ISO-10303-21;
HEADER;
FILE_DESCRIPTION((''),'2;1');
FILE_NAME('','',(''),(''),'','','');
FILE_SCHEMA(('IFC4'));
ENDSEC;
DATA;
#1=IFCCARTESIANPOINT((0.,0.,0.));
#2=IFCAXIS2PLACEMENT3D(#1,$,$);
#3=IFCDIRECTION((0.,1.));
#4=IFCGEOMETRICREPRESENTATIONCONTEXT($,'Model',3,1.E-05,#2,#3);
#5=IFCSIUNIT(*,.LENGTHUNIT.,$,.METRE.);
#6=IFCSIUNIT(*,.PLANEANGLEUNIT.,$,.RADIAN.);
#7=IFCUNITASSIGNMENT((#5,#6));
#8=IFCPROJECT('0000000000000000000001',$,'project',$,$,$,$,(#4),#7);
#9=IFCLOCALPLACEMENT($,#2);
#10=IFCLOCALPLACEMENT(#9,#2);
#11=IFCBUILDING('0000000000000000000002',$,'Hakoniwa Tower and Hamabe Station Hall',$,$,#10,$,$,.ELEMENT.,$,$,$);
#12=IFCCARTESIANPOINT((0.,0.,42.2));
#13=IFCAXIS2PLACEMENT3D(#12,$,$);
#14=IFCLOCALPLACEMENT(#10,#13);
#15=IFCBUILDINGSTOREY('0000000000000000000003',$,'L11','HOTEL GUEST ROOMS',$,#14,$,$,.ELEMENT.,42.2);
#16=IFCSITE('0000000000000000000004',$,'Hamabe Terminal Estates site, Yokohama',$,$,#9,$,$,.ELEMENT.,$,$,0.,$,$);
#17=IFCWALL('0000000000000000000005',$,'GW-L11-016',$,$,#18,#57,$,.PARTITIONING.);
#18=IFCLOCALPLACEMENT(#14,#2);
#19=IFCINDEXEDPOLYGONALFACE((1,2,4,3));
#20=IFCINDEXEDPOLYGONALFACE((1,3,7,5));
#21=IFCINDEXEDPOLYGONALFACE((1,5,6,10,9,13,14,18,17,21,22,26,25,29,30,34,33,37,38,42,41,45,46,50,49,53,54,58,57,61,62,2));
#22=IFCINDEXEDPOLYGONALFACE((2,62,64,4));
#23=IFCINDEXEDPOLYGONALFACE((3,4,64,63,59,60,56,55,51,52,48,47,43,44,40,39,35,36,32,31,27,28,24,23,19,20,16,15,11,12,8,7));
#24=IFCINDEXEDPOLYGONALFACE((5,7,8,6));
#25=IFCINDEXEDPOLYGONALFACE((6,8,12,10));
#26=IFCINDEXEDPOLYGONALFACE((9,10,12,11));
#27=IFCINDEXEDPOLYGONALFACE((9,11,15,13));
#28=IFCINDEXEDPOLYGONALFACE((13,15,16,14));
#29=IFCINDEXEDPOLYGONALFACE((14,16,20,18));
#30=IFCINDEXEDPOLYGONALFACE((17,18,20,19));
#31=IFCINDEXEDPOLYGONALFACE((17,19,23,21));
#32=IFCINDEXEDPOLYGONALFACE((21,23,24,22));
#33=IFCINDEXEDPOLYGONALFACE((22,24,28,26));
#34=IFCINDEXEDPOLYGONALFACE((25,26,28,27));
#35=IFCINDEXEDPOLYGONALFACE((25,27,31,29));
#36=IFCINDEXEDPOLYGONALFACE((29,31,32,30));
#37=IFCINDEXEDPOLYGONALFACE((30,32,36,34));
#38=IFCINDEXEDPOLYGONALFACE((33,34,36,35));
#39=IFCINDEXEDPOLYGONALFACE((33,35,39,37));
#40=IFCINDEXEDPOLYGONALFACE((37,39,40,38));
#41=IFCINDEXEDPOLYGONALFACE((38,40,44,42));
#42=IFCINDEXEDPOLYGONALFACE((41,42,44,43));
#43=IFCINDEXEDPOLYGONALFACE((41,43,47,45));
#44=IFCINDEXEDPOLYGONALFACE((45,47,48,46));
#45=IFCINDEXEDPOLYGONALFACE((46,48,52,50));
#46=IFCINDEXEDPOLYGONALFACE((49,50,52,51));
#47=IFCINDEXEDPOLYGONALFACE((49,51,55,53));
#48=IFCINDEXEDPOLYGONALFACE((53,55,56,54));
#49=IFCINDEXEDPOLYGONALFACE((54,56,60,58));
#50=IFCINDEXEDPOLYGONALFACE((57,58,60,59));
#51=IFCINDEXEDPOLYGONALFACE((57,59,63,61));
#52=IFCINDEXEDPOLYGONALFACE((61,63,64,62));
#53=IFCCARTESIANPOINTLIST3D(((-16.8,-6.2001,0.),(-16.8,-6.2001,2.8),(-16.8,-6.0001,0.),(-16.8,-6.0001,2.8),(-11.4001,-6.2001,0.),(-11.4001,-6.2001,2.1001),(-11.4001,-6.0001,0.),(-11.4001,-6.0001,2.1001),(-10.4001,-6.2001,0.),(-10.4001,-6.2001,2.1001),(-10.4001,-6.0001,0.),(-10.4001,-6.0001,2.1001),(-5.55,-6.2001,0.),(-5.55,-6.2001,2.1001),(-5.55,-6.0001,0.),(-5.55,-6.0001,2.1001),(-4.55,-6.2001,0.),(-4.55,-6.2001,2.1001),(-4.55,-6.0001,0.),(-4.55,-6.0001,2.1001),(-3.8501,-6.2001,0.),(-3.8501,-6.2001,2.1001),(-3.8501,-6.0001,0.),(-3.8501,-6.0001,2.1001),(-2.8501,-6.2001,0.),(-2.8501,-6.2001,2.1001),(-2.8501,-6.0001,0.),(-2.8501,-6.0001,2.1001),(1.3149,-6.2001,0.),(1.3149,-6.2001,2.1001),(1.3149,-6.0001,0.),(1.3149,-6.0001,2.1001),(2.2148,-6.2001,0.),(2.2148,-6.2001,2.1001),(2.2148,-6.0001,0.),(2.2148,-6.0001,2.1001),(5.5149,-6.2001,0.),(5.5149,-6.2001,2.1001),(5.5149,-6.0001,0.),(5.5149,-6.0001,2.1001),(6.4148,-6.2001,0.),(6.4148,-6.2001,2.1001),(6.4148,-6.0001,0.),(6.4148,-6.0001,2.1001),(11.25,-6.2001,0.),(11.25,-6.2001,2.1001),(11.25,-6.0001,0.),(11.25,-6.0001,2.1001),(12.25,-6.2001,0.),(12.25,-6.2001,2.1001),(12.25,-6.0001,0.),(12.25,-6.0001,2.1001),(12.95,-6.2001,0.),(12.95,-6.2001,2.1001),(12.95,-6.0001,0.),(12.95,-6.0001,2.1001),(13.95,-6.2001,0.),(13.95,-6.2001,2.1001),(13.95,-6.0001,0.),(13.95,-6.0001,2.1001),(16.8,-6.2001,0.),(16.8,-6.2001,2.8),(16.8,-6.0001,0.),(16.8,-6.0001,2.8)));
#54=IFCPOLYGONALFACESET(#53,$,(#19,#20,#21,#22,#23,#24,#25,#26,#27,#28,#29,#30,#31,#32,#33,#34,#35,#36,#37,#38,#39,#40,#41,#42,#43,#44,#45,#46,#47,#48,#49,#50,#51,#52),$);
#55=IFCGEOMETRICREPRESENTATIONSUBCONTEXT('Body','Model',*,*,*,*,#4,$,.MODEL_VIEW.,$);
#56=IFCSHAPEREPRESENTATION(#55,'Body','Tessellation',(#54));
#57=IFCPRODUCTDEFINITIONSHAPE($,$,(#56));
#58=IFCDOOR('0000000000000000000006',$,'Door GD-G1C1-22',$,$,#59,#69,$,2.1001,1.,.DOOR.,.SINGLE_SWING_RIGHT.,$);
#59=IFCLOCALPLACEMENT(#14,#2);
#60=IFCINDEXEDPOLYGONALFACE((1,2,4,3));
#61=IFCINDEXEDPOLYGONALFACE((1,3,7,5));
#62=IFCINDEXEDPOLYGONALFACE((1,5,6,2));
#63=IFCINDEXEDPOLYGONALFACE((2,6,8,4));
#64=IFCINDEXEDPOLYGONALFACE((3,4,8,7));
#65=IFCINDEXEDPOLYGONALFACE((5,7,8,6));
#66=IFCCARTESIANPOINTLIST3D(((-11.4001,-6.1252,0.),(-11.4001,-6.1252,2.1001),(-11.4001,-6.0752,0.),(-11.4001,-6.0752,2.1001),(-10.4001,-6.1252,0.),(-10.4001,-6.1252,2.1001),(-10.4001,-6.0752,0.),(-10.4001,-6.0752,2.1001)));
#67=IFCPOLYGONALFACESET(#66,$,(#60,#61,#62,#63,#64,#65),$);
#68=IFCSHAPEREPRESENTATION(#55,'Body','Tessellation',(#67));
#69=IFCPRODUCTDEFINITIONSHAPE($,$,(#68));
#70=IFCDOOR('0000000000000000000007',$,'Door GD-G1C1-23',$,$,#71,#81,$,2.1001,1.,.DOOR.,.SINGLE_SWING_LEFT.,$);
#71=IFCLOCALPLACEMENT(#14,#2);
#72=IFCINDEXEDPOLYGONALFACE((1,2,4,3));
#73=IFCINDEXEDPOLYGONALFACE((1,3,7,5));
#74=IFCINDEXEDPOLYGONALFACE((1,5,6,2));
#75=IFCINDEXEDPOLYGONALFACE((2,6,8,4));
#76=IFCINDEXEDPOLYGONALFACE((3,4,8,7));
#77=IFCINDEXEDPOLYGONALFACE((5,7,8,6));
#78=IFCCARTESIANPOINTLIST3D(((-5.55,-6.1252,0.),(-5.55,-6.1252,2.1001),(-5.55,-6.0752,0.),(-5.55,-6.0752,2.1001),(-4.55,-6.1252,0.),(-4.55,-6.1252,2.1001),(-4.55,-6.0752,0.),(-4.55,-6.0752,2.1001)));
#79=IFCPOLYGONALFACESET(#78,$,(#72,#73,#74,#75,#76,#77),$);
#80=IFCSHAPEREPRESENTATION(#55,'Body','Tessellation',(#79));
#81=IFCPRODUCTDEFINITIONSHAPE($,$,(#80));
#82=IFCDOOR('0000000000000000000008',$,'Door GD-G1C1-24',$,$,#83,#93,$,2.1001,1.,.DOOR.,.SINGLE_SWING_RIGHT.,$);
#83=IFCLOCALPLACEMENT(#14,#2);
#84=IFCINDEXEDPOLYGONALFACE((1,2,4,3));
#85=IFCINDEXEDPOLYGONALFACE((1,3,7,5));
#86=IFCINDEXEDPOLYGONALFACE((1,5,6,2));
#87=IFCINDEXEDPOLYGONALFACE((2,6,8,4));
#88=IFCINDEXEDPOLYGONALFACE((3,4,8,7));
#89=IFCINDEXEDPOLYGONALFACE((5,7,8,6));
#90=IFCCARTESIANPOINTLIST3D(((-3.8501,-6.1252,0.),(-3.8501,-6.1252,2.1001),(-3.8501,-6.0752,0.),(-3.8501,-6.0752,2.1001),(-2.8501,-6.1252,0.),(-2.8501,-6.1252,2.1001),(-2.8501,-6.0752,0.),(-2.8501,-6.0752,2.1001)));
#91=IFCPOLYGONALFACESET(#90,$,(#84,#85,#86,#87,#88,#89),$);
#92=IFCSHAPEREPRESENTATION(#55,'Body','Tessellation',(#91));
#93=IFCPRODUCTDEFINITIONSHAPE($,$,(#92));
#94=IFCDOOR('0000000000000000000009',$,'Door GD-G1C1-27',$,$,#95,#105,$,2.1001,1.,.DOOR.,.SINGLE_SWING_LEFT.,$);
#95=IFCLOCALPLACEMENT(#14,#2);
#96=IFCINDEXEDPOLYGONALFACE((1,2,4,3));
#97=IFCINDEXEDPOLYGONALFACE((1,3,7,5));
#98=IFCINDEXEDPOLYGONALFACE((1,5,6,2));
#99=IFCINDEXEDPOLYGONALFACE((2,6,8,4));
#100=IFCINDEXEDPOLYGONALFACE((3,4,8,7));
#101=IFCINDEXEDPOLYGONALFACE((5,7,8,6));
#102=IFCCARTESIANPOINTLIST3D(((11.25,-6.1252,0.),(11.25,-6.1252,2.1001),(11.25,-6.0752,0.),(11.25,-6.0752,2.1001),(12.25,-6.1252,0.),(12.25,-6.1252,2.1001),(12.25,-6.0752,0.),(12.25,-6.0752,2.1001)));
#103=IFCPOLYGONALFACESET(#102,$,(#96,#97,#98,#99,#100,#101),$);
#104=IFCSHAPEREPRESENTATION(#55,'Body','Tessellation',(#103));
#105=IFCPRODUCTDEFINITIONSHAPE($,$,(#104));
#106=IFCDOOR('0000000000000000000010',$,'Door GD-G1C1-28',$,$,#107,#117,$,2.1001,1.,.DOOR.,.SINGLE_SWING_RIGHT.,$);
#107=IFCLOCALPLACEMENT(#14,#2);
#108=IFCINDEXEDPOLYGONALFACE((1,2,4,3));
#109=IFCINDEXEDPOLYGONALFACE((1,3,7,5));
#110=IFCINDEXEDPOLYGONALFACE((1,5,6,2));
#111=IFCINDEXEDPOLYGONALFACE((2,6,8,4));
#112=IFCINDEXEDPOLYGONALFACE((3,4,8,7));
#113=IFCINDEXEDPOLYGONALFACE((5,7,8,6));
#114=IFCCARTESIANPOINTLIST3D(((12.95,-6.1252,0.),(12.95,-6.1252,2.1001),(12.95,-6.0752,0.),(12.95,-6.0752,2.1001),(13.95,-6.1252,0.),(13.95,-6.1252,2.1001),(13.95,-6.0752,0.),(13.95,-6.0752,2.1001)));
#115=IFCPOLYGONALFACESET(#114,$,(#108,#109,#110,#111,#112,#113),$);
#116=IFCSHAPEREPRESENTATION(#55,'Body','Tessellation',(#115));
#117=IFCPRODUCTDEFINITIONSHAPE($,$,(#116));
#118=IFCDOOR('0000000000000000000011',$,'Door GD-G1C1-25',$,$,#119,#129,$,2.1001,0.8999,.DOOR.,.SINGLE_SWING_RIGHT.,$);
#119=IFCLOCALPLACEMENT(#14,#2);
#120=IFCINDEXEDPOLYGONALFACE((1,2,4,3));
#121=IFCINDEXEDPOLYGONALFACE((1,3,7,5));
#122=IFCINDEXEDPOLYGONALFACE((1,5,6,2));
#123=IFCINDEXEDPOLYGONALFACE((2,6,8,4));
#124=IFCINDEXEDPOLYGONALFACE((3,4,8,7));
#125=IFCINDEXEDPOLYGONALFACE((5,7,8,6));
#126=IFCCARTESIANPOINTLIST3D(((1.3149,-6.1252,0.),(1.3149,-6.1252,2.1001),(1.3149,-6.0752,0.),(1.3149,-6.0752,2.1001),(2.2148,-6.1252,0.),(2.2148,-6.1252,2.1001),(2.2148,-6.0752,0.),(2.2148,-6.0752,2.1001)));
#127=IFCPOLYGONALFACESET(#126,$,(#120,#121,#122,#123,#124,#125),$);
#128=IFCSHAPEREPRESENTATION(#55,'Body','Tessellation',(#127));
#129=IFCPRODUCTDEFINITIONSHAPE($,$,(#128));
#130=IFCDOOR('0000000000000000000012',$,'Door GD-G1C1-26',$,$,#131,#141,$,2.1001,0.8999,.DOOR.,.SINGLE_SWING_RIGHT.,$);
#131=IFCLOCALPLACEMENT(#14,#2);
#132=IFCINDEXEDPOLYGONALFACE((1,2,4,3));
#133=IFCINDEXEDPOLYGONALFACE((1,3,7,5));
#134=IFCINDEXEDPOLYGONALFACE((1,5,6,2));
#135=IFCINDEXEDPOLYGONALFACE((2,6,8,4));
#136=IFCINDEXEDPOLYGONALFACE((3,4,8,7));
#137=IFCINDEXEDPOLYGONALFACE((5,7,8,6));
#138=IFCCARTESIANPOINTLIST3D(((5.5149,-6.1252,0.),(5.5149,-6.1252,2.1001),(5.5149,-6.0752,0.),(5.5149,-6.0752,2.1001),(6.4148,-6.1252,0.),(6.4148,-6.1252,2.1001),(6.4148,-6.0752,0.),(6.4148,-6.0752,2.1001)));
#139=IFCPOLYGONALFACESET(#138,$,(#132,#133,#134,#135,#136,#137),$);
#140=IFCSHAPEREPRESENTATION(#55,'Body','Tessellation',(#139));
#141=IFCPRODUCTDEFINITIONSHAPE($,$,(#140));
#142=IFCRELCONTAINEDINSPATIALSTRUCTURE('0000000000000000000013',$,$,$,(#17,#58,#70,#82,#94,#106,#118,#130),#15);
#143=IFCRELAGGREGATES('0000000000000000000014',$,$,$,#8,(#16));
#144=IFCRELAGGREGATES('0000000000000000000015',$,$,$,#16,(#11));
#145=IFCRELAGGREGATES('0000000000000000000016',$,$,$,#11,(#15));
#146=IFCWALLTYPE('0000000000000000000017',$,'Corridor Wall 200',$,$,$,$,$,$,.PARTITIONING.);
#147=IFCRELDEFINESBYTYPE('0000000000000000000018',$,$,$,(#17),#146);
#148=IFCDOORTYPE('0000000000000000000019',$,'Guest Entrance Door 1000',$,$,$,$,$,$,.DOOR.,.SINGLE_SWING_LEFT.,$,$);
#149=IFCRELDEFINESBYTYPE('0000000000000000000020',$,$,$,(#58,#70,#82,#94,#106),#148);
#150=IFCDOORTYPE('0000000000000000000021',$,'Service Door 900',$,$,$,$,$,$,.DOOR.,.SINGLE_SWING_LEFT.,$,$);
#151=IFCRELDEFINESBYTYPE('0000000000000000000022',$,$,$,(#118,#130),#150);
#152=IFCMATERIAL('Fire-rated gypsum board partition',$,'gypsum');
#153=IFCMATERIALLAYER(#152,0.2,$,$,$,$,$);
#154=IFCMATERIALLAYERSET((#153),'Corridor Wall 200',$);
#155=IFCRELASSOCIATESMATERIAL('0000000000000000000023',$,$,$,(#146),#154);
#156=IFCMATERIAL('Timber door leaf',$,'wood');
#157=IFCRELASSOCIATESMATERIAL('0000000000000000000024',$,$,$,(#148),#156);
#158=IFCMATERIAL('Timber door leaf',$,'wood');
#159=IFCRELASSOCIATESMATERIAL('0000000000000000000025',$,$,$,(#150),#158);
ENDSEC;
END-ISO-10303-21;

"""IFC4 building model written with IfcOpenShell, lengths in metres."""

from ifc_helpers import new_model, si_unit, direction, frame, frame_2d, origin, place, context, subcontext, project, spatial, rectangle, extrude, material, layer, layer_set, type_object, element, fill, save


model = new_model("IFC4")

# Units and contexts
model_context = context("Model", 3, precision=1e-05, world=origin(), true_north=direction((0.0, 1.0)))
body_context = subcontext(model_context, "Body", "Model", "MODEL_VIEW")
ifc_project = project(units=[si_unit("LENGTHUNIT", "METRE"), si_unit("PLANEANGLEUNIT", "RADIAN")], contexts=[model_context])

# Site, building, storey
site_placement = place(None, origin())
site = spatial("IfcSite", under=ifc_project, at=site_placement, Name="Hamabe Terminal Estates site, Yokohama", CompositionType="ELEMENT", RefElevation=0.0)
building_placement = place(site_placement, origin())
building = spatial("IfcBuilding", under=site, at=building_placement, Name="Hakoniwa Tower and Hamabe Station Hall", CompositionType="ELEMENT")
storey_placement = place(building_placement, frame((0.0, 0.0, 42.2)))
storey = spatial("IfcBuildingStorey", under=building, at=storey_placement, Name="L11", Description="HOTEL GUEST ROOMS", CompositionType="ELEMENT", Elevation=42.2)

# Wall, openings, doors
ifc_material_1 = material(Name="Fire-rated gypsum board partition", Category="gypsum")
ifc_layer_1 = layer(ifc_material_1, 0.2)
ifc_layer_set_1 = layer_set([ifc_layer_1], Name="Corridor Wall 200")
wall_type_1 = type_object("IfcWallType", Name="Corridor Wall 200", PredefinedType="PARTITIONING", material=ifc_layer_set_1)
wall_1_placement = place(storey_placement, frame((-16.8, -6.1001, 0.0), z_axis=(0.0, 0.0, 1.0), x_axis=(1.0, 0.0, 0.0)))
wall_1 = element("IfcWall", 1, at=wall_1_placement, inside=storey, type_object=wall_type_1, Name="GW-L11-016", PredefinedType="PARTITIONING", context=body_context, shape_type="SweptSolid", body=[
    extrude(rectangle(XDim=33.6001, YDim=0.2, at=frame_2d((16.8, 0.0))), origin(), (0.0, 0.0, 1.0), 2.8),
])
opening_1_placement = place(wall_1_placement, frame((5.3999, 0.0, 0.0)))
opening_1 = element("IfcOpeningElement", 2, at=opening_1_placement, cuts=wall_1, PredefinedType="OPENING", context=body_context, shape_type="SweptSolid", body=[
    extrude(rectangle(XDim=1.0, YDim=2.1001, at=frame_2d((0.5, 1.05))), frame((0.0, 0.1099, 0.0), z_axis=(0.0, -1.0, 0.0), x_axis=(1.0, 0.0, 0.0)), (0.0, 0.0, 1.0), 0.22),
])
opening_2_placement = place(wall_1_placement, frame((11.25, 0.0, 0.0)))
opening_2 = element("IfcOpeningElement", 3, at=opening_2_placement, cuts=wall_1, PredefinedType="OPENING", context=body_context, shape_type="SweptSolid", body=[
    extrude(rectangle(XDim=1.0, YDim=2.1001, at=frame_2d((0.5, 1.05))), frame((0.0, 0.1099, 0.0), z_axis=(0.0, -1.0, 0.0), x_axis=(1.0, 0.0, 0.0)), (0.0, 0.0, 1.0), 0.22),
])
opening_3_placement = place(wall_1_placement, frame((12.95, 0.0, 0.0)))
opening_3 = element("IfcOpeningElement", 4, at=opening_3_placement, cuts=wall_1, PredefinedType="OPENING", context=body_context, shape_type="SweptSolid", body=[
    extrude(rectangle(XDim=1.0, YDim=2.1001, at=frame_2d((0.5, 1.05))), frame((0.0, 0.1099, 0.0), z_axis=(0.0, -1.0, 0.0), x_axis=(1.0, 0.0, 0.0)), (0.0, 0.0, 1.0), 0.22),
])
opening_4_placement = place(wall_1_placement, frame((18.115, 0.0, 0.0)))
opening_4 = element("IfcOpeningElement", 5, at=opening_4_placement, cuts=wall_1, PredefinedType="OPENING", context=body_context, shape_type="SweptSolid", body=[
    extrude(rectangle(XDim=0.8999, YDim=2.1001, at=frame_2d((0.45, 1.05))), frame((0.0, 0.1099, 0.0), z_axis=(0.0, -1.0, 0.0), x_axis=(1.0, 0.0, 0.0)), (0.0, 0.0, 1.0), 0.22),
])
opening_5_placement = place(wall_1_placement, frame((22.3149, 0.0, 0.0)))
opening_5 = element("IfcOpeningElement", 6, at=opening_5_placement, cuts=wall_1, PredefinedType="OPENING", context=body_context, shape_type="SweptSolid", body=[
    extrude(rectangle(XDim=0.8999, YDim=2.1001, at=frame_2d((0.45, 1.05))), frame((0.0, 0.1099, 0.0), z_axis=(0.0, -1.0, 0.0), x_axis=(1.0, 0.0, 0.0)), (0.0, 0.0, 1.0), 0.22),
])
opening_6_placement = place(wall_1_placement, frame((28.05, 0.0, 0.0)))
opening_6 = element("IfcOpeningElement", 7, at=opening_6_placement, cuts=wall_1, PredefinedType="OPENING", context=body_context, shape_type="SweptSolid", body=[
    extrude(rectangle(XDim=1.0, YDim=2.1001, at=frame_2d((0.5, 1.05))), frame((0.0, 0.1099, 0.0), z_axis=(0.0, -1.0, 0.0), x_axis=(1.0, 0.0, 0.0)), (0.0, 0.0, 1.0), 0.22),
])
opening_7_placement = place(wall_1_placement, frame((29.75, 0.0, 0.0)))
opening_7 = element("IfcOpeningElement", 8, at=opening_7_placement, cuts=wall_1, PredefinedType="OPENING", context=body_context, shape_type="SweptSolid", body=[
    extrude(rectangle(XDim=1.0, YDim=2.1001, at=frame_2d((0.5, 1.05))), frame((0.0, 0.1099, 0.0), z_axis=(0.0, -1.0, 0.0), x_axis=(1.0, 0.0, 0.0)), (0.0, 0.0, 1.0), 0.22),
])
ifc_material_2 = material(Name="Timber door leaf", Category="wood")
door_type_1 = type_object("IfcDoorType", Name="Guest Entrance Door 1000", OperationType="SINGLE_SWING_LEFT", PredefinedType="DOOR", material=ifc_material_2)
door_1_placement = place(opening_1_placement, origin())
door_1 = element("IfcDoor", 9, at=door_1_placement, inside=storey, type_object=door_type_1, Name="Door GD-G1C1-22", OperationType="SINGLE_SWING_RIGHT", OverallHeight=2.1001, OverallWidth=1.0, PredefinedType="DOOR", context=body_context, shape_type="SweptSolid", body=[
    extrude(rectangle(XDim=1.0, YDim=2.1001, at=frame_2d((0.5, 1.05))), frame((0.0, 0.0249, 0.0), z_axis=(0.0, -1.0, 0.0), x_axis=(1.0, 0.0, 0.0)), (0.0, 0.0, 1.0), 0.05),
])
fill(opening_1, door_1)
door_2_placement = place(opening_2_placement, origin())
door_2 = element("IfcDoor", 10, at=door_2_placement, inside=storey, type_object=door_type_1, Name="Door GD-G1C1-23", OperationType="SINGLE_SWING_LEFT", OverallHeight=2.1001, OverallWidth=1.0, PredefinedType="DOOR", context=body_context, shape_type="SweptSolid", body=[
    extrude(rectangle(XDim=1.0, YDim=2.1001, at=frame_2d((0.5, 1.05))), frame((0.0, 0.0249, 0.0), z_axis=(0.0, -1.0, 0.0), x_axis=(1.0, 0.0, 0.0)), (0.0, 0.0, 1.0), 0.05),
])
fill(opening_2, door_2)
door_3_placement = place(opening_3_placement, origin())
door_3 = element("IfcDoor", 11, at=door_3_placement, inside=storey, type_object=door_type_1, Name="Door GD-G1C1-24", OperationType="SINGLE_SWING_RIGHT", OverallHeight=2.1001, OverallWidth=1.0, PredefinedType="DOOR", context=body_context, shape_type="SweptSolid", body=[
    extrude(rectangle(XDim=1.0, YDim=2.1001, at=frame_2d((0.5, 1.05))), frame((0.0, 0.0249, 0.0), z_axis=(0.0, -1.0, 0.0), x_axis=(1.0, 0.0, 0.0)), (0.0, 0.0, 1.0), 0.05),
])
fill(opening_3, door_3)
door_4_placement = place(opening_6_placement, origin())
door_4 = element("IfcDoor", 12, at=door_4_placement, inside=storey, type_object=door_type_1, Name="Door GD-G1C1-27", OperationType="SINGLE_SWING_LEFT", OverallHeight=2.1001, OverallWidth=1.0, PredefinedType="DOOR", context=body_context, shape_type="SweptSolid", body=[
    extrude(rectangle(XDim=1.0, YDim=2.1001, at=frame_2d((0.5, 1.05))), frame((0.0, 0.0249, 0.0), z_axis=(0.0, -1.0, 0.0), x_axis=(1.0, 0.0, 0.0)), (0.0, 0.0, 1.0), 0.05),
])
fill(opening_6, door_4)
door_5_placement = place(opening_7_placement, origin())
door_5 = element("IfcDoor", 13, at=door_5_placement, inside=storey, type_object=door_type_1, Name="Door GD-G1C1-28", OperationType="SINGLE_SWING_RIGHT", OverallHeight=2.1001, OverallWidth=1.0, PredefinedType="DOOR", context=body_context, shape_type="SweptSolid", body=[
    extrude(rectangle(XDim=1.0, YDim=2.1001, at=frame_2d((0.5, 1.05))), frame((0.0, 0.0249, 0.0), z_axis=(0.0, -1.0, 0.0), x_axis=(1.0, 0.0, 0.0)), (0.0, 0.0, 1.0), 0.05),
])
fill(opening_7, door_5)
ifc_material_3 = material(Name="Timber door leaf", Category="wood")
door_type_2 = type_object("IfcDoorType", Name="Service Door 900", OperationType="SINGLE_SWING_LEFT", PredefinedType="DOOR", material=ifc_material_3)
door_6_placement = place(opening_4_placement, origin())
door_6 = element("IfcDoor", 14, at=door_6_placement, inside=storey, type_object=door_type_2, Name="Door GD-G1C1-25", OperationType="SINGLE_SWING_RIGHT", OverallHeight=2.1001, OverallWidth=0.8999, PredefinedType="DOOR", context=body_context, shape_type="SweptSolid", body=[
    extrude(rectangle(XDim=0.8999, YDim=2.1001, at=frame_2d((0.45, 1.05))), frame((0.0, 0.0249, 0.0), z_axis=(0.0, -1.0, 0.0), x_axis=(1.0, 0.0, 0.0)), (0.0, 0.0, 1.0), 0.05),
])
fill(opening_4, door_6)
door_7_placement = place(opening_5_placement, origin())
door_7 = element("IfcDoor", 15, at=door_7_placement, inside=storey, type_object=door_type_2, Name="Door GD-G1C1-26", OperationType="SINGLE_SWING_RIGHT", OverallHeight=2.1001, OverallWidth=0.8999, PredefinedType="DOOR", context=body_context, shape_type="SweptSolid", body=[
    extrude(rectangle(XDim=0.8999, YDim=2.1001, at=frame_2d((0.45, 1.05))), frame((0.0, 0.0249, 0.0), z_axis=(0.0, -1.0, 0.0), x_axis=(1.0, 0.0, 0.0)), (0.0, 0.0, 1.0), 0.05),
])
fill(opening_5, door_7)

save(model, "model.ifc")
